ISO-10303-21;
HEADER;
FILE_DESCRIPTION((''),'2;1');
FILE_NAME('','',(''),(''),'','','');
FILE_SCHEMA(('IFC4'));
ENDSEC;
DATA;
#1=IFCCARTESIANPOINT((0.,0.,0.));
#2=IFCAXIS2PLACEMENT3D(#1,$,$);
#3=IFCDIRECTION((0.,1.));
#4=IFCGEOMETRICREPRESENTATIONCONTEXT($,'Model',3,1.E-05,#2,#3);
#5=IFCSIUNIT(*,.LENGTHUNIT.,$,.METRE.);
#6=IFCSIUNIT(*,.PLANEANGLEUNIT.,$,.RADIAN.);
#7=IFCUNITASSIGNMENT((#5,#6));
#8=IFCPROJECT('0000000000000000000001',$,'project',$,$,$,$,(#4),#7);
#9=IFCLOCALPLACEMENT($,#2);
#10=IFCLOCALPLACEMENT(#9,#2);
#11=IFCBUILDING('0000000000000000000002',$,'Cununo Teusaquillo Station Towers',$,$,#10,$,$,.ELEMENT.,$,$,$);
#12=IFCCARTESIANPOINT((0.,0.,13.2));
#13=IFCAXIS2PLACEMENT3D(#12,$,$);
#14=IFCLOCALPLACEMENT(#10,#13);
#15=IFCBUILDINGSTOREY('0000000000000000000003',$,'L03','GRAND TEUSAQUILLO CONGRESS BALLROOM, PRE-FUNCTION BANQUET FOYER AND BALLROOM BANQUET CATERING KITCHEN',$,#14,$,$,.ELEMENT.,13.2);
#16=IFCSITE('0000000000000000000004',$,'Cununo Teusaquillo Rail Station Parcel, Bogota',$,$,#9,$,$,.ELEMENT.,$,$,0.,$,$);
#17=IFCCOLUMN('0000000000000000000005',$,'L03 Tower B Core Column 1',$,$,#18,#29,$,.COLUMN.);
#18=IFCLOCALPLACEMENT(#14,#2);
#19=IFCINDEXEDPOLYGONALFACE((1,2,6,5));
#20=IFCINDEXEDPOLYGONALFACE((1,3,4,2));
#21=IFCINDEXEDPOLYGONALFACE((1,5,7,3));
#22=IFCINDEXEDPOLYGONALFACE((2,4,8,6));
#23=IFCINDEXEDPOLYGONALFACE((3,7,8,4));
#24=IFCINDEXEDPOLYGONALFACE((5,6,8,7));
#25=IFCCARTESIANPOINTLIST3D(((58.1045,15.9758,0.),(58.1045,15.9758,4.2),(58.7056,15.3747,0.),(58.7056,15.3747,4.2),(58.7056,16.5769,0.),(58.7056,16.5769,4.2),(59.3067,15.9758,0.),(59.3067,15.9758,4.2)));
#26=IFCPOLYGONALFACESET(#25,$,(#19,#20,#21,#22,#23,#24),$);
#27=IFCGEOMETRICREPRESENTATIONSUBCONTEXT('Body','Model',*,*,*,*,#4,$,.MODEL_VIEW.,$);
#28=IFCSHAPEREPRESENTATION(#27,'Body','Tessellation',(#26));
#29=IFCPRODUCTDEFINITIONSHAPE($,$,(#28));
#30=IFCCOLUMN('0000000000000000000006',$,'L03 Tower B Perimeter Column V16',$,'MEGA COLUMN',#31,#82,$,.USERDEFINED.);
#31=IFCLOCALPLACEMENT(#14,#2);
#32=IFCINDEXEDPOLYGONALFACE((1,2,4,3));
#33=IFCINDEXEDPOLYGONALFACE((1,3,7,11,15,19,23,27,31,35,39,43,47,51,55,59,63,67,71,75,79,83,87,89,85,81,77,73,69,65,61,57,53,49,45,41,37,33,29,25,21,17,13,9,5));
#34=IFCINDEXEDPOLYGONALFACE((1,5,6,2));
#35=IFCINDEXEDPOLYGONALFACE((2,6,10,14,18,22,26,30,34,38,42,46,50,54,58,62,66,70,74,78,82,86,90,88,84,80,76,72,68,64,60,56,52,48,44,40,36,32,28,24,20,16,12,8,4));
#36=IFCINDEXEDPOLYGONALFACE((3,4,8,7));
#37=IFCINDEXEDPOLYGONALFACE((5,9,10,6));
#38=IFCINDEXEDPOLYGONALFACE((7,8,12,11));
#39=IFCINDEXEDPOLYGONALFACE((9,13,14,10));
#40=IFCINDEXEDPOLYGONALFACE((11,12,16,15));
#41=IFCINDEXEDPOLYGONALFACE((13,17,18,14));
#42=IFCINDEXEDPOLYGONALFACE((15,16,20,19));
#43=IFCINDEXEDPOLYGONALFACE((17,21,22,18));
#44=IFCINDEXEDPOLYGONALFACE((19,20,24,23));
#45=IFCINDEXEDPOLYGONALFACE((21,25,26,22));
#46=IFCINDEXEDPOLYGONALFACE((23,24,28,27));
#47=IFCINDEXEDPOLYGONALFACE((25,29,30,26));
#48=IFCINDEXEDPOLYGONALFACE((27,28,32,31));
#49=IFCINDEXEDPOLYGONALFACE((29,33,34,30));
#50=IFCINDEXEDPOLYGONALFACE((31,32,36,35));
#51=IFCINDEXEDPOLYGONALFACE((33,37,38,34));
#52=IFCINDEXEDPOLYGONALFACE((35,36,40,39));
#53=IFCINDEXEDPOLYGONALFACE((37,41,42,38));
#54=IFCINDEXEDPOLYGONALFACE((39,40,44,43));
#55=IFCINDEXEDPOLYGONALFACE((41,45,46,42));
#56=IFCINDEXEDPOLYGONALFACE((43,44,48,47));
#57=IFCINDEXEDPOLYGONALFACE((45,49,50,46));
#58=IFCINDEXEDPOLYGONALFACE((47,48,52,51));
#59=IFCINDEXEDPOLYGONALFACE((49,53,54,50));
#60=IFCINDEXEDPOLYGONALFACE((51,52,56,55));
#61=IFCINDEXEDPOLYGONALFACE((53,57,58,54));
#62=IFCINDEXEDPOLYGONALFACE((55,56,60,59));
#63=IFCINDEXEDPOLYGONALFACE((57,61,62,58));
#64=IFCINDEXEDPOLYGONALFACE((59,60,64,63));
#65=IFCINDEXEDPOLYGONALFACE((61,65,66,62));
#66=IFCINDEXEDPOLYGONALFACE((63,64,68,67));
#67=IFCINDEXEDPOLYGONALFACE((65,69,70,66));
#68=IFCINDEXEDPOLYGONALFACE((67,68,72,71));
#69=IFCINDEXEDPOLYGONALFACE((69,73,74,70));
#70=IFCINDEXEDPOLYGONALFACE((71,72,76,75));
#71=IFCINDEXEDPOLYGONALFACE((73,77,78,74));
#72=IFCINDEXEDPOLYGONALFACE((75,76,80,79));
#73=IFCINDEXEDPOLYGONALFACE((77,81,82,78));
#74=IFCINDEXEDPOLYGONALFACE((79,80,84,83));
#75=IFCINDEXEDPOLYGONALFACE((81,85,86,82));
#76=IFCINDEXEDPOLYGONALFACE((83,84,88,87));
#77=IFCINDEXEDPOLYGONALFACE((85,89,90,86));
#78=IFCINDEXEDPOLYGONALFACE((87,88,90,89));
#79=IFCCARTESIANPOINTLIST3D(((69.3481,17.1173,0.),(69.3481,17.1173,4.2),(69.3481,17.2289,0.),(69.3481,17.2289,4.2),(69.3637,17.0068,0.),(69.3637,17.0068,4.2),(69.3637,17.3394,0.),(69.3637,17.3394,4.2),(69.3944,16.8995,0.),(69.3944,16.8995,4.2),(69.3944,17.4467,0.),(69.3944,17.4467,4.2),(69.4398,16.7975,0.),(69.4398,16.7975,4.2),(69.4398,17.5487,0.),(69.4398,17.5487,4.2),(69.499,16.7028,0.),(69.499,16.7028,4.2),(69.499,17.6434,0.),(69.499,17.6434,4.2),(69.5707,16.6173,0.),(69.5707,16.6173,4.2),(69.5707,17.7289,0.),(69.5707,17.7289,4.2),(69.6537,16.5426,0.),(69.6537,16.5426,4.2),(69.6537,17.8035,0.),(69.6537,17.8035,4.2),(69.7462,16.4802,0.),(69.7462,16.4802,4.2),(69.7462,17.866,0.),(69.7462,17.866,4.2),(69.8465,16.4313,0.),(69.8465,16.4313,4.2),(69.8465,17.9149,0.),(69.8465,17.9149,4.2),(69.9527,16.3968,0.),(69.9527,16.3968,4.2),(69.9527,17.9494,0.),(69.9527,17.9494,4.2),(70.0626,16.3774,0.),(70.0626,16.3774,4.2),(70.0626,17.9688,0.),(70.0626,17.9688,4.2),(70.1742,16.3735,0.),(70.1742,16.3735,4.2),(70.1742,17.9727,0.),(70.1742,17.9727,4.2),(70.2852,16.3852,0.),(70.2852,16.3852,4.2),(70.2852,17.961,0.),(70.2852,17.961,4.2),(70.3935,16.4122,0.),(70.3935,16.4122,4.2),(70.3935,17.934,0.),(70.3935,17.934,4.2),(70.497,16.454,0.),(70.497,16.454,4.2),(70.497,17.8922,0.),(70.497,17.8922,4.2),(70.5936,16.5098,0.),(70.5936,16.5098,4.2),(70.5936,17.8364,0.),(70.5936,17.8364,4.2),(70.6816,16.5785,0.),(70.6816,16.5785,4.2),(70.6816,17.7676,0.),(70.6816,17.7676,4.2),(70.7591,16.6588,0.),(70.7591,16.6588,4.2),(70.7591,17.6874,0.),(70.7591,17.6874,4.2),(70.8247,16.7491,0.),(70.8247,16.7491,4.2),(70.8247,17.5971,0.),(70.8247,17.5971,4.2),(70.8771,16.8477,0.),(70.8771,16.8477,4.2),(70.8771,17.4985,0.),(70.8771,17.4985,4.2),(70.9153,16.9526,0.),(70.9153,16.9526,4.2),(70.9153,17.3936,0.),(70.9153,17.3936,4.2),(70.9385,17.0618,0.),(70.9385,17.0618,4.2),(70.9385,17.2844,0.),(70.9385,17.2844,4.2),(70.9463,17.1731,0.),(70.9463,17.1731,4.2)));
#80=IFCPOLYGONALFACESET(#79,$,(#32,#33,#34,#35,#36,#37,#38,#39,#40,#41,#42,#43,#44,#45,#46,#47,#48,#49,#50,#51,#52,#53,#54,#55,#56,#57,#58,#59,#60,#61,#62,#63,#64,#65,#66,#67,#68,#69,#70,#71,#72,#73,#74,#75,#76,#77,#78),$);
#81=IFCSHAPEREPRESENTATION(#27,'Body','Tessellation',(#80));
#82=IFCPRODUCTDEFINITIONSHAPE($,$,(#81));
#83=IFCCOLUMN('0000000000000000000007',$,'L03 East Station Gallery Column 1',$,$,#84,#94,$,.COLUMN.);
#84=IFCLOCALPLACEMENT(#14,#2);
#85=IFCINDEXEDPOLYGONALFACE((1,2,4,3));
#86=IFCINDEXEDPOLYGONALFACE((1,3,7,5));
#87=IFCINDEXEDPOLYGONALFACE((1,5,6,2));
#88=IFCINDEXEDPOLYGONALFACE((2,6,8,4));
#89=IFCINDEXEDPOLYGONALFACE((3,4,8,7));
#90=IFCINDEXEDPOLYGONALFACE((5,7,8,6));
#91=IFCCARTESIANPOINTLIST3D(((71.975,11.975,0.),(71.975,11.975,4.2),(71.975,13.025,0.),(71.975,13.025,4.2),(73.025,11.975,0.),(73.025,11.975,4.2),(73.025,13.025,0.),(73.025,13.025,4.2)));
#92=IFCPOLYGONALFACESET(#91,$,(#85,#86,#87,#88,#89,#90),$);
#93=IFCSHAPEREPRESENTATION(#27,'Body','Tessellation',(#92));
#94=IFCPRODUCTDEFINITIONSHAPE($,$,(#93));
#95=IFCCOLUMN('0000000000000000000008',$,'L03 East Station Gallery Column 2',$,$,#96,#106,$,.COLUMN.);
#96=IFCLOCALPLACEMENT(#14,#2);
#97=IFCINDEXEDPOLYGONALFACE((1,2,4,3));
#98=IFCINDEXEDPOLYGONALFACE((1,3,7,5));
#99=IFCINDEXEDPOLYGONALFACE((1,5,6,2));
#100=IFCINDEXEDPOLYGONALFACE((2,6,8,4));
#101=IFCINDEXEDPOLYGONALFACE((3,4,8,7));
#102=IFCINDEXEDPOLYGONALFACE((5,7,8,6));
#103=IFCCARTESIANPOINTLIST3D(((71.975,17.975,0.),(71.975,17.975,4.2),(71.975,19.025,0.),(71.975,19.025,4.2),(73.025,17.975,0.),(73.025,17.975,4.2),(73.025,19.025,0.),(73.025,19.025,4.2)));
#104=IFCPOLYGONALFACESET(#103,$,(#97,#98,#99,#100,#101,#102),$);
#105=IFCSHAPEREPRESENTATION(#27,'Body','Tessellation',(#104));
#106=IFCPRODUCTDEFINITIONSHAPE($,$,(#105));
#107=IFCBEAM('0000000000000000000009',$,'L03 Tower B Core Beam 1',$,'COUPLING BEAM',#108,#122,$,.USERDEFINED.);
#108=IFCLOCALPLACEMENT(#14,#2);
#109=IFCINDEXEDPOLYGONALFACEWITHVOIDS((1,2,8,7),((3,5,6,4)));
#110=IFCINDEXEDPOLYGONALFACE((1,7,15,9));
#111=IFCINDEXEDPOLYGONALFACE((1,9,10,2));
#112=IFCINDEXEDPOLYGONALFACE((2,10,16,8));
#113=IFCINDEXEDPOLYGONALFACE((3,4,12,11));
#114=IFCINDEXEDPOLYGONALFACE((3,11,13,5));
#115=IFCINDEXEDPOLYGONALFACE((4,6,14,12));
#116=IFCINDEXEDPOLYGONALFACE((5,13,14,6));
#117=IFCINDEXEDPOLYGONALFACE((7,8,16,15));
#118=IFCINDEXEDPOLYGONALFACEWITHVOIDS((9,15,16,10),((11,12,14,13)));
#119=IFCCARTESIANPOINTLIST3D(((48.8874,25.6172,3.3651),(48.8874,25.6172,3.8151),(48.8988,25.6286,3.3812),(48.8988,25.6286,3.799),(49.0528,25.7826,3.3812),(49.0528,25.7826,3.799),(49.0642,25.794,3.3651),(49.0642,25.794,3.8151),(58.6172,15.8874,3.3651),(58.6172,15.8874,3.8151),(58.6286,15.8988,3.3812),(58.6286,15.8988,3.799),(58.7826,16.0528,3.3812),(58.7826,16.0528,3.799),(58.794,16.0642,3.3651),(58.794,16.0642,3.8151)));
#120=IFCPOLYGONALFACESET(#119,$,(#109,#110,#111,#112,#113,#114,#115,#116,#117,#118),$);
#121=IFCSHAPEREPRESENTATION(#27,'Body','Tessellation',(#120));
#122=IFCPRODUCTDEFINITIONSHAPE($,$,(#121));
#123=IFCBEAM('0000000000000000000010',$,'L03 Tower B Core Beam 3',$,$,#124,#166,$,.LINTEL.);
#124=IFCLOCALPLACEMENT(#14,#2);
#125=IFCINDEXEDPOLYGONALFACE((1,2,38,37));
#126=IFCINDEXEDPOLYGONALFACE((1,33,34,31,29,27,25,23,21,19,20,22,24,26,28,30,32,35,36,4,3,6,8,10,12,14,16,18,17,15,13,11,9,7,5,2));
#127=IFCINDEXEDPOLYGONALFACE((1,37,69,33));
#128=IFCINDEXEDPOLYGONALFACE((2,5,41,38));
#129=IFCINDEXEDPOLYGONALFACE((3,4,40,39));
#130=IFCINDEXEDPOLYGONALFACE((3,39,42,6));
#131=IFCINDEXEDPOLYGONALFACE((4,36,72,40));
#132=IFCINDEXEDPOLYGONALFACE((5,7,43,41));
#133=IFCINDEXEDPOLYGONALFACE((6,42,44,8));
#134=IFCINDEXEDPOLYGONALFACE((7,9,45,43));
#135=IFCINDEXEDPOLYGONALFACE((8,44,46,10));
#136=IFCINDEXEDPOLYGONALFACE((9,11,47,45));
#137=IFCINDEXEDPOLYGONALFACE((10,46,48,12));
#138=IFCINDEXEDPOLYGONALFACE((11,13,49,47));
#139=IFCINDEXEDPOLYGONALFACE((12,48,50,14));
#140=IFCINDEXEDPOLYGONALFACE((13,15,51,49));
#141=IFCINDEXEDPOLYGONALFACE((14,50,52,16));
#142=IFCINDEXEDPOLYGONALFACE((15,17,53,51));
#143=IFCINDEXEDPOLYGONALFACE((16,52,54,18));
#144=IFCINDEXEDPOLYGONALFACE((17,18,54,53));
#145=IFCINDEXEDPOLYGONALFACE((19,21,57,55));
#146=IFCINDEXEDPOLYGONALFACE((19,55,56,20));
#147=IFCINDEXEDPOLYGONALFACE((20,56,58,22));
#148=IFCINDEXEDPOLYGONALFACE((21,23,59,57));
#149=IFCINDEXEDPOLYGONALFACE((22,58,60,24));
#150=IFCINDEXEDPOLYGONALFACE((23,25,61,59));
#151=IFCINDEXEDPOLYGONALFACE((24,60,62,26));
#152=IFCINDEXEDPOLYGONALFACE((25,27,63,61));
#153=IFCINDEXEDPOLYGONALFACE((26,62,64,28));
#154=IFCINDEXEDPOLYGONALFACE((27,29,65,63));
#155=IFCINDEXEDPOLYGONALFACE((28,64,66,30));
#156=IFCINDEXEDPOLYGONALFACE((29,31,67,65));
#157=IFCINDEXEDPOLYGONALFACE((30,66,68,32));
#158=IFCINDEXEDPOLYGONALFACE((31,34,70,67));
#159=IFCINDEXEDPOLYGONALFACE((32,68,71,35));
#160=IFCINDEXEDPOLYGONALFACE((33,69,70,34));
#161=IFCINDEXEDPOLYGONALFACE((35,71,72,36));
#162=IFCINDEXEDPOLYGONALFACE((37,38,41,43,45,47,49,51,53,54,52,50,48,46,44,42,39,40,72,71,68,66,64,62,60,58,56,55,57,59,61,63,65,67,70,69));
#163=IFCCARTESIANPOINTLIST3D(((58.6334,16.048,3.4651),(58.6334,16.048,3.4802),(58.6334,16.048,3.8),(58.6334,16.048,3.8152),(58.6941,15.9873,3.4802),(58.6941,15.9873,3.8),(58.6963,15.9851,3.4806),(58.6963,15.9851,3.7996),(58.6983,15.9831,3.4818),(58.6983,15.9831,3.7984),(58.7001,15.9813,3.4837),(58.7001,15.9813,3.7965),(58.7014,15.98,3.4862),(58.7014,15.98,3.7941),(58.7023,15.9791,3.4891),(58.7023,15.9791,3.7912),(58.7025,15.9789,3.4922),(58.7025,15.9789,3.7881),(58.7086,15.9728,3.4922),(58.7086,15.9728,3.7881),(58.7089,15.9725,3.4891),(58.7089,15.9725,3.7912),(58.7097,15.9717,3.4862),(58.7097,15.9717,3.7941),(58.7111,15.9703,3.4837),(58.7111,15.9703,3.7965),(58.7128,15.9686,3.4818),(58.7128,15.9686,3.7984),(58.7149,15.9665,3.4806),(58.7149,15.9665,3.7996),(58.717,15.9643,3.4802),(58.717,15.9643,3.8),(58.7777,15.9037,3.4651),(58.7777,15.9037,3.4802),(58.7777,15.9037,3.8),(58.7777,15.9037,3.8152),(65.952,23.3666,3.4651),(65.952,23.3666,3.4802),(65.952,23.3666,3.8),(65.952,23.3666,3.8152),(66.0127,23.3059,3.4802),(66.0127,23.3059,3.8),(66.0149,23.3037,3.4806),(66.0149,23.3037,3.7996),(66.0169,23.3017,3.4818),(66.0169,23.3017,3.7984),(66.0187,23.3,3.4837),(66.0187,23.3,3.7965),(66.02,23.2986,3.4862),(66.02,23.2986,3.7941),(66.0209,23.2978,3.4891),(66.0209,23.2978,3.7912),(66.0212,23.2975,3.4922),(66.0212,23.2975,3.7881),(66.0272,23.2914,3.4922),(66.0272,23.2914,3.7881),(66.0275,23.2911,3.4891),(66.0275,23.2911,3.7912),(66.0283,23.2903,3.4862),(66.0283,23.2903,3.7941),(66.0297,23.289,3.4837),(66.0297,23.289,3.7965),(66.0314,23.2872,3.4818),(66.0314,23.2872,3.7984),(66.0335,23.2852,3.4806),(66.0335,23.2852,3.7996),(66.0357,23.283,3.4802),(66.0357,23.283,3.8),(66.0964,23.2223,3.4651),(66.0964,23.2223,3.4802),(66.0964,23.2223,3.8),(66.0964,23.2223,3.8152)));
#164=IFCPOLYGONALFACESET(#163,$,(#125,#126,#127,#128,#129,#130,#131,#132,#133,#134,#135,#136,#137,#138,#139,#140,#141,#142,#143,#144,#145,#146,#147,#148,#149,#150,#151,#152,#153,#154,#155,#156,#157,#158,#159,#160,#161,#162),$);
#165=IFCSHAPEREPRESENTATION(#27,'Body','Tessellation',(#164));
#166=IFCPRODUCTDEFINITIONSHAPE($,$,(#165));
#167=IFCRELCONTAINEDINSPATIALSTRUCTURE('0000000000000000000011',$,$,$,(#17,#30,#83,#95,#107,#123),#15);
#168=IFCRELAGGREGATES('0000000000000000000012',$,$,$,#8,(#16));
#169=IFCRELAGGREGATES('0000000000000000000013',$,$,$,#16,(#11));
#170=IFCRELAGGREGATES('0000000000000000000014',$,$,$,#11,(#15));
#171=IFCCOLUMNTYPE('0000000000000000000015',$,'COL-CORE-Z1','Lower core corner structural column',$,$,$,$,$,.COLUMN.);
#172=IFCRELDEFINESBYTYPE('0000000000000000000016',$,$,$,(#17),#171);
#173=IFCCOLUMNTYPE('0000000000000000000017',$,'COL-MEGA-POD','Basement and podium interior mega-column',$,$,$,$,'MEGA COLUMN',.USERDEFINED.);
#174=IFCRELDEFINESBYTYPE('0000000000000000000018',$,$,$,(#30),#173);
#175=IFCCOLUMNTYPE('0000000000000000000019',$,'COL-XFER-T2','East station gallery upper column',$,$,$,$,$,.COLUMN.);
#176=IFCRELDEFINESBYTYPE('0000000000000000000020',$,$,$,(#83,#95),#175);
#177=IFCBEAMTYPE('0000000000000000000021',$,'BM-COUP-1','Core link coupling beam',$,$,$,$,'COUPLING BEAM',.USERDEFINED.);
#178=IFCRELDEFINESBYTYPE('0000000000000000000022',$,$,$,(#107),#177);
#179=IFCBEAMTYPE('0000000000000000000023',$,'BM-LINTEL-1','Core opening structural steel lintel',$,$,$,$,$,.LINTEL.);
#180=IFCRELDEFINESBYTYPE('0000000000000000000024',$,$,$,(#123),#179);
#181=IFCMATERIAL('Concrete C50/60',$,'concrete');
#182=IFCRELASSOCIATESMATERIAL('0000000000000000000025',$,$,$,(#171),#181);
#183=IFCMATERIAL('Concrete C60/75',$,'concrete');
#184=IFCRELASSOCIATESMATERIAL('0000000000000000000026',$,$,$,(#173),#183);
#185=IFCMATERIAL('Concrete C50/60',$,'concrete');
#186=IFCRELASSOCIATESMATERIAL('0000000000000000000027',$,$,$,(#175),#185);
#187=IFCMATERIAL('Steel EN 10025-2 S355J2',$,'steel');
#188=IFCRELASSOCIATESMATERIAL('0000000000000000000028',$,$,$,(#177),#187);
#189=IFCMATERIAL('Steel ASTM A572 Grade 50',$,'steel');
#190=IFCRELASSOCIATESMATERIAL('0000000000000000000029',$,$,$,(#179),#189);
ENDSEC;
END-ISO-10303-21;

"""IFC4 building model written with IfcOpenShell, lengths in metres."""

from ifc_helpers import new_model, si_unit, direction, frame, origin, origin_2d, place, context, subcontext, project, spatial, rectangle, hollow_rectangle, circle, i_section, extrude, material, material_profile, profile_set, type_object, element, save


model = new_model("IFC4")

# Units and contexts
model_context = context("Model", 3, precision=1e-05, world=origin(), true_north=direction((0.0, 1.0)))
body_context = subcontext(model_context, "Body", "Model", "MODEL_VIEW")
ifc_project = project(units=[si_unit("LENGTHUNIT", "METRE"), si_unit("PLANEANGLEUNIT", "RADIAN")], contexts=[model_context])

# Site, building, storey
site_placement = place(None, origin())
site = spatial("IfcSite", under=ifc_project, at=site_placement, Name="Cununo Teusaquillo Rail Station Parcel, Bogota", CompositionType="ELEMENT", RefElevation=0.0)
building_placement = place(site_placement, origin())
building = spatial("IfcBuilding", under=site, at=building_placement, Name="Cununo Teusaquillo Station Towers", CompositionType="ELEMENT")
storey_placement = place(building_placement, frame((0.0, 0.0, 13.2)))
storey = spatial("IfcBuildingStorey", under=building, at=storey_placement, Name="L03", Description="GRAND TEUSAQUILLO CONGRESS BALLROOM, PRE-FUNCTION BANQUET FOYER AND BALLROOM BANQUET CATERING KITCHEN", CompositionType="ELEMENT", Elevation=13.2)

# Columns
ifc_material_1 = material(Name="Concrete C50/60", Category="concrete")
ifc_material_profile_1 = material_profile(ifc_material_1, rectangle(XDim=0.8501, YDim=0.8501, at=origin_2d()), Name="RC-RECT-850x850")
ifc_profile_set_1 = profile_set([ifc_material_profile_1], Name="Concrete C50/60")
column_type_1 = type_object("IfcColumnType", Name="COL-CORE-Z1", Description="Lower core corner structural column", PredefinedType="COLUMN", material=ifc_profile_set_1)
column_1_placement = place(storey_placement, frame((58.7056, 15.9758, 0.0), z_axis=(0.0, 0.0, 1.0), x_axis=(0.707107, 0.707107, 0.0)))
element("IfcColumn", 1, at=column_1_placement, inside=storey, type_object=column_type_1, Name="L03 Tower B Core Column 1", PredefinedType="COLUMN", context=body_context, shape_type="SweptSolid", body=[
    extrude(rectangle(XDim=0.8501, YDim=0.8501, at=origin_2d()), origin(), (0.0, 0.0, 1.0), 4.2),
])
ifc_material_2 = material(Name="Concrete C60/75", Category="concrete")
ifc_material_profile_2 = material_profile(ifc_material_2, circle(Radius=0.8, at=origin_2d()), Name="RC-CIRC-1600")
ifc_profile_set_2 = profile_set([ifc_material_profile_2], Name="Concrete C60/75")
column_type_2 = type_object("IfcColumnType", Name="COL-MEGA-POD", Description="Basement and podium interior mega-column", ElementType="MEGA COLUMN", PredefinedType="USERDEFINED", material=ifc_profile_set_2)
column_2_placement = place(storey_placement, frame((70.1462, 17.1731, 0.0), z_axis=(0.0, 0.0, 1.0), x_axis=(1.0, 0.0, 0.0)))
element("IfcColumn", 2, at=column_2_placement, inside=storey, type_object=column_type_2, Name="L03 Tower B Perimeter Column V16", ObjectType="MEGA COLUMN", PredefinedType="USERDEFINED", context=body_context, shape_type="SweptSolid", body=[
    extrude(circle(Radius=0.8, at=origin_2d()), origin(), (0.0, 0.0, 1.0), 4.2),
])
ifc_material_3 = material(Name="Concrete C50/60", Category="concrete")
ifc_material_profile_3 = material_profile(ifc_material_3, rectangle(XDim=1.05, YDim=1.05, at=origin_2d()), Name="RC-RECT-1050x1050")
ifc_profile_set_3 = profile_set([ifc_material_profile_3], Name="Concrete C50/60")
column_type_3 = type_object("IfcColumnType", Name="COL-XFER-T2", Description="East station gallery upper column", PredefinedType="COLUMN", material=ifc_profile_set_3)
for number, where, z_axis, x_axis, name in (
    (3, (72.5, 12.5, 0.0), (0.0, 0.0, 1.0), (1.0, 0.0, 0.0), "L03 East Station Gallery Column 1"),
    (4, (72.5, 18.5, 0.0), (0.0, 0.0, 1.0), (1.0, 0.0, 0.0), "L03 East Station Gallery Column 2"),
):
    element("IfcColumn", number, at=place(storey_placement, frame(where, z_axis=z_axis, x_axis=x_axis)), inside=storey, type_object=column_type_3, Name=name, PredefinedType="COLUMN", context=body_context, shape_type="SweptSolid", body=[
        extrude(rectangle(XDim=1.05, YDim=1.05, at=origin_2d()), origin(), (0.0, 0.0, 1.0), 4.2),
    ])

# Beams
ifc_material_4 = material(Name="Steel EN 10025-2 S355J2", Category="steel")
ifc_material_profile_4 = material_profile(ifc_material_4, hollow_rectangle(XDim=0.25, YDim=0.45, WallThickness=0.0161, at=origin_2d()), Name="RHS 450x250x16")
ifc_profile_set_4 = profile_set([ifc_material_profile_4], Name="Steel EN 10025-2 S355J2")
beam_type_1 = type_object("IfcBeamType", Name="BM-COUP-1", Description="Core link coupling beam", ElementType="COUPLING BEAM", PredefinedType="USERDEFINED", material=ifc_profile_set_4)
beam_1_placement = place(storey_placement, frame((58.7056, 15.9758, 3.5901), z_axis=(-0.707107, 0.707107, 0.0), x_axis=(-0.707107, -0.707107, 0.0)))
element("IfcBeam", 5, at=beam_1_placement, inside=storey, type_object=beam_type_1, Name="L03 Tower B Core Beam 1", ObjectType="COUPLING BEAM", PredefinedType="USERDEFINED", context=body_context, shape_type="SweptSolid", body=[
    extrude(hollow_rectangle(XDim=0.25, YDim=0.45, WallThickness=0.0161, at=origin_2d()), origin(), (0.0, 0.0, 1.0), 13.76),
])
ifc_material_5 = material(Name="Steel ASTM A572 Grade 50", Category="steel")
ifc_material_profile_5 = material_profile(ifc_material_5, i_section(OverallWidth=0.2041, OverallDepth=0.3501, WebThickness=0.0085, FlangeThickness=0.0151, FilletRadius=0.012, at=origin_2d()), Name="W14X48")
ifc_profile_set_5 = profile_set([ifc_material_profile_5], Name="Steel ASTM A572 Grade 50")
beam_type_2 = type_object("IfcBeamType", Name="BM-LINTEL-1", Description="Core opening structural steel lintel", PredefinedType="LINTEL", material=ifc_profile_set_5)
beam_2_placement = place(storey_placement, frame((58.7056, 15.9758, 3.6401), z_axis=(0.707107, 0.707107, 0.0), x_axis=(-0.707107, 0.707107, 0.0)))
element("IfcBeam", 6, at=beam_2_placement, inside=storey, type_object=beam_type_2, Name="L03 Tower B Core Beam 3", PredefinedType="LINTEL", context=body_context, shape_type="SweptSolid", body=[
    extrude(i_section(OverallWidth=0.2041, OverallDepth=0.3501, WebThickness=0.0085, FlangeThickness=0.0151, FilletRadius=0.012, at=origin_2d()), origin(), (0.0, 0.0, 1.0), 10.3501),
])

save(model, "model.ifc")
